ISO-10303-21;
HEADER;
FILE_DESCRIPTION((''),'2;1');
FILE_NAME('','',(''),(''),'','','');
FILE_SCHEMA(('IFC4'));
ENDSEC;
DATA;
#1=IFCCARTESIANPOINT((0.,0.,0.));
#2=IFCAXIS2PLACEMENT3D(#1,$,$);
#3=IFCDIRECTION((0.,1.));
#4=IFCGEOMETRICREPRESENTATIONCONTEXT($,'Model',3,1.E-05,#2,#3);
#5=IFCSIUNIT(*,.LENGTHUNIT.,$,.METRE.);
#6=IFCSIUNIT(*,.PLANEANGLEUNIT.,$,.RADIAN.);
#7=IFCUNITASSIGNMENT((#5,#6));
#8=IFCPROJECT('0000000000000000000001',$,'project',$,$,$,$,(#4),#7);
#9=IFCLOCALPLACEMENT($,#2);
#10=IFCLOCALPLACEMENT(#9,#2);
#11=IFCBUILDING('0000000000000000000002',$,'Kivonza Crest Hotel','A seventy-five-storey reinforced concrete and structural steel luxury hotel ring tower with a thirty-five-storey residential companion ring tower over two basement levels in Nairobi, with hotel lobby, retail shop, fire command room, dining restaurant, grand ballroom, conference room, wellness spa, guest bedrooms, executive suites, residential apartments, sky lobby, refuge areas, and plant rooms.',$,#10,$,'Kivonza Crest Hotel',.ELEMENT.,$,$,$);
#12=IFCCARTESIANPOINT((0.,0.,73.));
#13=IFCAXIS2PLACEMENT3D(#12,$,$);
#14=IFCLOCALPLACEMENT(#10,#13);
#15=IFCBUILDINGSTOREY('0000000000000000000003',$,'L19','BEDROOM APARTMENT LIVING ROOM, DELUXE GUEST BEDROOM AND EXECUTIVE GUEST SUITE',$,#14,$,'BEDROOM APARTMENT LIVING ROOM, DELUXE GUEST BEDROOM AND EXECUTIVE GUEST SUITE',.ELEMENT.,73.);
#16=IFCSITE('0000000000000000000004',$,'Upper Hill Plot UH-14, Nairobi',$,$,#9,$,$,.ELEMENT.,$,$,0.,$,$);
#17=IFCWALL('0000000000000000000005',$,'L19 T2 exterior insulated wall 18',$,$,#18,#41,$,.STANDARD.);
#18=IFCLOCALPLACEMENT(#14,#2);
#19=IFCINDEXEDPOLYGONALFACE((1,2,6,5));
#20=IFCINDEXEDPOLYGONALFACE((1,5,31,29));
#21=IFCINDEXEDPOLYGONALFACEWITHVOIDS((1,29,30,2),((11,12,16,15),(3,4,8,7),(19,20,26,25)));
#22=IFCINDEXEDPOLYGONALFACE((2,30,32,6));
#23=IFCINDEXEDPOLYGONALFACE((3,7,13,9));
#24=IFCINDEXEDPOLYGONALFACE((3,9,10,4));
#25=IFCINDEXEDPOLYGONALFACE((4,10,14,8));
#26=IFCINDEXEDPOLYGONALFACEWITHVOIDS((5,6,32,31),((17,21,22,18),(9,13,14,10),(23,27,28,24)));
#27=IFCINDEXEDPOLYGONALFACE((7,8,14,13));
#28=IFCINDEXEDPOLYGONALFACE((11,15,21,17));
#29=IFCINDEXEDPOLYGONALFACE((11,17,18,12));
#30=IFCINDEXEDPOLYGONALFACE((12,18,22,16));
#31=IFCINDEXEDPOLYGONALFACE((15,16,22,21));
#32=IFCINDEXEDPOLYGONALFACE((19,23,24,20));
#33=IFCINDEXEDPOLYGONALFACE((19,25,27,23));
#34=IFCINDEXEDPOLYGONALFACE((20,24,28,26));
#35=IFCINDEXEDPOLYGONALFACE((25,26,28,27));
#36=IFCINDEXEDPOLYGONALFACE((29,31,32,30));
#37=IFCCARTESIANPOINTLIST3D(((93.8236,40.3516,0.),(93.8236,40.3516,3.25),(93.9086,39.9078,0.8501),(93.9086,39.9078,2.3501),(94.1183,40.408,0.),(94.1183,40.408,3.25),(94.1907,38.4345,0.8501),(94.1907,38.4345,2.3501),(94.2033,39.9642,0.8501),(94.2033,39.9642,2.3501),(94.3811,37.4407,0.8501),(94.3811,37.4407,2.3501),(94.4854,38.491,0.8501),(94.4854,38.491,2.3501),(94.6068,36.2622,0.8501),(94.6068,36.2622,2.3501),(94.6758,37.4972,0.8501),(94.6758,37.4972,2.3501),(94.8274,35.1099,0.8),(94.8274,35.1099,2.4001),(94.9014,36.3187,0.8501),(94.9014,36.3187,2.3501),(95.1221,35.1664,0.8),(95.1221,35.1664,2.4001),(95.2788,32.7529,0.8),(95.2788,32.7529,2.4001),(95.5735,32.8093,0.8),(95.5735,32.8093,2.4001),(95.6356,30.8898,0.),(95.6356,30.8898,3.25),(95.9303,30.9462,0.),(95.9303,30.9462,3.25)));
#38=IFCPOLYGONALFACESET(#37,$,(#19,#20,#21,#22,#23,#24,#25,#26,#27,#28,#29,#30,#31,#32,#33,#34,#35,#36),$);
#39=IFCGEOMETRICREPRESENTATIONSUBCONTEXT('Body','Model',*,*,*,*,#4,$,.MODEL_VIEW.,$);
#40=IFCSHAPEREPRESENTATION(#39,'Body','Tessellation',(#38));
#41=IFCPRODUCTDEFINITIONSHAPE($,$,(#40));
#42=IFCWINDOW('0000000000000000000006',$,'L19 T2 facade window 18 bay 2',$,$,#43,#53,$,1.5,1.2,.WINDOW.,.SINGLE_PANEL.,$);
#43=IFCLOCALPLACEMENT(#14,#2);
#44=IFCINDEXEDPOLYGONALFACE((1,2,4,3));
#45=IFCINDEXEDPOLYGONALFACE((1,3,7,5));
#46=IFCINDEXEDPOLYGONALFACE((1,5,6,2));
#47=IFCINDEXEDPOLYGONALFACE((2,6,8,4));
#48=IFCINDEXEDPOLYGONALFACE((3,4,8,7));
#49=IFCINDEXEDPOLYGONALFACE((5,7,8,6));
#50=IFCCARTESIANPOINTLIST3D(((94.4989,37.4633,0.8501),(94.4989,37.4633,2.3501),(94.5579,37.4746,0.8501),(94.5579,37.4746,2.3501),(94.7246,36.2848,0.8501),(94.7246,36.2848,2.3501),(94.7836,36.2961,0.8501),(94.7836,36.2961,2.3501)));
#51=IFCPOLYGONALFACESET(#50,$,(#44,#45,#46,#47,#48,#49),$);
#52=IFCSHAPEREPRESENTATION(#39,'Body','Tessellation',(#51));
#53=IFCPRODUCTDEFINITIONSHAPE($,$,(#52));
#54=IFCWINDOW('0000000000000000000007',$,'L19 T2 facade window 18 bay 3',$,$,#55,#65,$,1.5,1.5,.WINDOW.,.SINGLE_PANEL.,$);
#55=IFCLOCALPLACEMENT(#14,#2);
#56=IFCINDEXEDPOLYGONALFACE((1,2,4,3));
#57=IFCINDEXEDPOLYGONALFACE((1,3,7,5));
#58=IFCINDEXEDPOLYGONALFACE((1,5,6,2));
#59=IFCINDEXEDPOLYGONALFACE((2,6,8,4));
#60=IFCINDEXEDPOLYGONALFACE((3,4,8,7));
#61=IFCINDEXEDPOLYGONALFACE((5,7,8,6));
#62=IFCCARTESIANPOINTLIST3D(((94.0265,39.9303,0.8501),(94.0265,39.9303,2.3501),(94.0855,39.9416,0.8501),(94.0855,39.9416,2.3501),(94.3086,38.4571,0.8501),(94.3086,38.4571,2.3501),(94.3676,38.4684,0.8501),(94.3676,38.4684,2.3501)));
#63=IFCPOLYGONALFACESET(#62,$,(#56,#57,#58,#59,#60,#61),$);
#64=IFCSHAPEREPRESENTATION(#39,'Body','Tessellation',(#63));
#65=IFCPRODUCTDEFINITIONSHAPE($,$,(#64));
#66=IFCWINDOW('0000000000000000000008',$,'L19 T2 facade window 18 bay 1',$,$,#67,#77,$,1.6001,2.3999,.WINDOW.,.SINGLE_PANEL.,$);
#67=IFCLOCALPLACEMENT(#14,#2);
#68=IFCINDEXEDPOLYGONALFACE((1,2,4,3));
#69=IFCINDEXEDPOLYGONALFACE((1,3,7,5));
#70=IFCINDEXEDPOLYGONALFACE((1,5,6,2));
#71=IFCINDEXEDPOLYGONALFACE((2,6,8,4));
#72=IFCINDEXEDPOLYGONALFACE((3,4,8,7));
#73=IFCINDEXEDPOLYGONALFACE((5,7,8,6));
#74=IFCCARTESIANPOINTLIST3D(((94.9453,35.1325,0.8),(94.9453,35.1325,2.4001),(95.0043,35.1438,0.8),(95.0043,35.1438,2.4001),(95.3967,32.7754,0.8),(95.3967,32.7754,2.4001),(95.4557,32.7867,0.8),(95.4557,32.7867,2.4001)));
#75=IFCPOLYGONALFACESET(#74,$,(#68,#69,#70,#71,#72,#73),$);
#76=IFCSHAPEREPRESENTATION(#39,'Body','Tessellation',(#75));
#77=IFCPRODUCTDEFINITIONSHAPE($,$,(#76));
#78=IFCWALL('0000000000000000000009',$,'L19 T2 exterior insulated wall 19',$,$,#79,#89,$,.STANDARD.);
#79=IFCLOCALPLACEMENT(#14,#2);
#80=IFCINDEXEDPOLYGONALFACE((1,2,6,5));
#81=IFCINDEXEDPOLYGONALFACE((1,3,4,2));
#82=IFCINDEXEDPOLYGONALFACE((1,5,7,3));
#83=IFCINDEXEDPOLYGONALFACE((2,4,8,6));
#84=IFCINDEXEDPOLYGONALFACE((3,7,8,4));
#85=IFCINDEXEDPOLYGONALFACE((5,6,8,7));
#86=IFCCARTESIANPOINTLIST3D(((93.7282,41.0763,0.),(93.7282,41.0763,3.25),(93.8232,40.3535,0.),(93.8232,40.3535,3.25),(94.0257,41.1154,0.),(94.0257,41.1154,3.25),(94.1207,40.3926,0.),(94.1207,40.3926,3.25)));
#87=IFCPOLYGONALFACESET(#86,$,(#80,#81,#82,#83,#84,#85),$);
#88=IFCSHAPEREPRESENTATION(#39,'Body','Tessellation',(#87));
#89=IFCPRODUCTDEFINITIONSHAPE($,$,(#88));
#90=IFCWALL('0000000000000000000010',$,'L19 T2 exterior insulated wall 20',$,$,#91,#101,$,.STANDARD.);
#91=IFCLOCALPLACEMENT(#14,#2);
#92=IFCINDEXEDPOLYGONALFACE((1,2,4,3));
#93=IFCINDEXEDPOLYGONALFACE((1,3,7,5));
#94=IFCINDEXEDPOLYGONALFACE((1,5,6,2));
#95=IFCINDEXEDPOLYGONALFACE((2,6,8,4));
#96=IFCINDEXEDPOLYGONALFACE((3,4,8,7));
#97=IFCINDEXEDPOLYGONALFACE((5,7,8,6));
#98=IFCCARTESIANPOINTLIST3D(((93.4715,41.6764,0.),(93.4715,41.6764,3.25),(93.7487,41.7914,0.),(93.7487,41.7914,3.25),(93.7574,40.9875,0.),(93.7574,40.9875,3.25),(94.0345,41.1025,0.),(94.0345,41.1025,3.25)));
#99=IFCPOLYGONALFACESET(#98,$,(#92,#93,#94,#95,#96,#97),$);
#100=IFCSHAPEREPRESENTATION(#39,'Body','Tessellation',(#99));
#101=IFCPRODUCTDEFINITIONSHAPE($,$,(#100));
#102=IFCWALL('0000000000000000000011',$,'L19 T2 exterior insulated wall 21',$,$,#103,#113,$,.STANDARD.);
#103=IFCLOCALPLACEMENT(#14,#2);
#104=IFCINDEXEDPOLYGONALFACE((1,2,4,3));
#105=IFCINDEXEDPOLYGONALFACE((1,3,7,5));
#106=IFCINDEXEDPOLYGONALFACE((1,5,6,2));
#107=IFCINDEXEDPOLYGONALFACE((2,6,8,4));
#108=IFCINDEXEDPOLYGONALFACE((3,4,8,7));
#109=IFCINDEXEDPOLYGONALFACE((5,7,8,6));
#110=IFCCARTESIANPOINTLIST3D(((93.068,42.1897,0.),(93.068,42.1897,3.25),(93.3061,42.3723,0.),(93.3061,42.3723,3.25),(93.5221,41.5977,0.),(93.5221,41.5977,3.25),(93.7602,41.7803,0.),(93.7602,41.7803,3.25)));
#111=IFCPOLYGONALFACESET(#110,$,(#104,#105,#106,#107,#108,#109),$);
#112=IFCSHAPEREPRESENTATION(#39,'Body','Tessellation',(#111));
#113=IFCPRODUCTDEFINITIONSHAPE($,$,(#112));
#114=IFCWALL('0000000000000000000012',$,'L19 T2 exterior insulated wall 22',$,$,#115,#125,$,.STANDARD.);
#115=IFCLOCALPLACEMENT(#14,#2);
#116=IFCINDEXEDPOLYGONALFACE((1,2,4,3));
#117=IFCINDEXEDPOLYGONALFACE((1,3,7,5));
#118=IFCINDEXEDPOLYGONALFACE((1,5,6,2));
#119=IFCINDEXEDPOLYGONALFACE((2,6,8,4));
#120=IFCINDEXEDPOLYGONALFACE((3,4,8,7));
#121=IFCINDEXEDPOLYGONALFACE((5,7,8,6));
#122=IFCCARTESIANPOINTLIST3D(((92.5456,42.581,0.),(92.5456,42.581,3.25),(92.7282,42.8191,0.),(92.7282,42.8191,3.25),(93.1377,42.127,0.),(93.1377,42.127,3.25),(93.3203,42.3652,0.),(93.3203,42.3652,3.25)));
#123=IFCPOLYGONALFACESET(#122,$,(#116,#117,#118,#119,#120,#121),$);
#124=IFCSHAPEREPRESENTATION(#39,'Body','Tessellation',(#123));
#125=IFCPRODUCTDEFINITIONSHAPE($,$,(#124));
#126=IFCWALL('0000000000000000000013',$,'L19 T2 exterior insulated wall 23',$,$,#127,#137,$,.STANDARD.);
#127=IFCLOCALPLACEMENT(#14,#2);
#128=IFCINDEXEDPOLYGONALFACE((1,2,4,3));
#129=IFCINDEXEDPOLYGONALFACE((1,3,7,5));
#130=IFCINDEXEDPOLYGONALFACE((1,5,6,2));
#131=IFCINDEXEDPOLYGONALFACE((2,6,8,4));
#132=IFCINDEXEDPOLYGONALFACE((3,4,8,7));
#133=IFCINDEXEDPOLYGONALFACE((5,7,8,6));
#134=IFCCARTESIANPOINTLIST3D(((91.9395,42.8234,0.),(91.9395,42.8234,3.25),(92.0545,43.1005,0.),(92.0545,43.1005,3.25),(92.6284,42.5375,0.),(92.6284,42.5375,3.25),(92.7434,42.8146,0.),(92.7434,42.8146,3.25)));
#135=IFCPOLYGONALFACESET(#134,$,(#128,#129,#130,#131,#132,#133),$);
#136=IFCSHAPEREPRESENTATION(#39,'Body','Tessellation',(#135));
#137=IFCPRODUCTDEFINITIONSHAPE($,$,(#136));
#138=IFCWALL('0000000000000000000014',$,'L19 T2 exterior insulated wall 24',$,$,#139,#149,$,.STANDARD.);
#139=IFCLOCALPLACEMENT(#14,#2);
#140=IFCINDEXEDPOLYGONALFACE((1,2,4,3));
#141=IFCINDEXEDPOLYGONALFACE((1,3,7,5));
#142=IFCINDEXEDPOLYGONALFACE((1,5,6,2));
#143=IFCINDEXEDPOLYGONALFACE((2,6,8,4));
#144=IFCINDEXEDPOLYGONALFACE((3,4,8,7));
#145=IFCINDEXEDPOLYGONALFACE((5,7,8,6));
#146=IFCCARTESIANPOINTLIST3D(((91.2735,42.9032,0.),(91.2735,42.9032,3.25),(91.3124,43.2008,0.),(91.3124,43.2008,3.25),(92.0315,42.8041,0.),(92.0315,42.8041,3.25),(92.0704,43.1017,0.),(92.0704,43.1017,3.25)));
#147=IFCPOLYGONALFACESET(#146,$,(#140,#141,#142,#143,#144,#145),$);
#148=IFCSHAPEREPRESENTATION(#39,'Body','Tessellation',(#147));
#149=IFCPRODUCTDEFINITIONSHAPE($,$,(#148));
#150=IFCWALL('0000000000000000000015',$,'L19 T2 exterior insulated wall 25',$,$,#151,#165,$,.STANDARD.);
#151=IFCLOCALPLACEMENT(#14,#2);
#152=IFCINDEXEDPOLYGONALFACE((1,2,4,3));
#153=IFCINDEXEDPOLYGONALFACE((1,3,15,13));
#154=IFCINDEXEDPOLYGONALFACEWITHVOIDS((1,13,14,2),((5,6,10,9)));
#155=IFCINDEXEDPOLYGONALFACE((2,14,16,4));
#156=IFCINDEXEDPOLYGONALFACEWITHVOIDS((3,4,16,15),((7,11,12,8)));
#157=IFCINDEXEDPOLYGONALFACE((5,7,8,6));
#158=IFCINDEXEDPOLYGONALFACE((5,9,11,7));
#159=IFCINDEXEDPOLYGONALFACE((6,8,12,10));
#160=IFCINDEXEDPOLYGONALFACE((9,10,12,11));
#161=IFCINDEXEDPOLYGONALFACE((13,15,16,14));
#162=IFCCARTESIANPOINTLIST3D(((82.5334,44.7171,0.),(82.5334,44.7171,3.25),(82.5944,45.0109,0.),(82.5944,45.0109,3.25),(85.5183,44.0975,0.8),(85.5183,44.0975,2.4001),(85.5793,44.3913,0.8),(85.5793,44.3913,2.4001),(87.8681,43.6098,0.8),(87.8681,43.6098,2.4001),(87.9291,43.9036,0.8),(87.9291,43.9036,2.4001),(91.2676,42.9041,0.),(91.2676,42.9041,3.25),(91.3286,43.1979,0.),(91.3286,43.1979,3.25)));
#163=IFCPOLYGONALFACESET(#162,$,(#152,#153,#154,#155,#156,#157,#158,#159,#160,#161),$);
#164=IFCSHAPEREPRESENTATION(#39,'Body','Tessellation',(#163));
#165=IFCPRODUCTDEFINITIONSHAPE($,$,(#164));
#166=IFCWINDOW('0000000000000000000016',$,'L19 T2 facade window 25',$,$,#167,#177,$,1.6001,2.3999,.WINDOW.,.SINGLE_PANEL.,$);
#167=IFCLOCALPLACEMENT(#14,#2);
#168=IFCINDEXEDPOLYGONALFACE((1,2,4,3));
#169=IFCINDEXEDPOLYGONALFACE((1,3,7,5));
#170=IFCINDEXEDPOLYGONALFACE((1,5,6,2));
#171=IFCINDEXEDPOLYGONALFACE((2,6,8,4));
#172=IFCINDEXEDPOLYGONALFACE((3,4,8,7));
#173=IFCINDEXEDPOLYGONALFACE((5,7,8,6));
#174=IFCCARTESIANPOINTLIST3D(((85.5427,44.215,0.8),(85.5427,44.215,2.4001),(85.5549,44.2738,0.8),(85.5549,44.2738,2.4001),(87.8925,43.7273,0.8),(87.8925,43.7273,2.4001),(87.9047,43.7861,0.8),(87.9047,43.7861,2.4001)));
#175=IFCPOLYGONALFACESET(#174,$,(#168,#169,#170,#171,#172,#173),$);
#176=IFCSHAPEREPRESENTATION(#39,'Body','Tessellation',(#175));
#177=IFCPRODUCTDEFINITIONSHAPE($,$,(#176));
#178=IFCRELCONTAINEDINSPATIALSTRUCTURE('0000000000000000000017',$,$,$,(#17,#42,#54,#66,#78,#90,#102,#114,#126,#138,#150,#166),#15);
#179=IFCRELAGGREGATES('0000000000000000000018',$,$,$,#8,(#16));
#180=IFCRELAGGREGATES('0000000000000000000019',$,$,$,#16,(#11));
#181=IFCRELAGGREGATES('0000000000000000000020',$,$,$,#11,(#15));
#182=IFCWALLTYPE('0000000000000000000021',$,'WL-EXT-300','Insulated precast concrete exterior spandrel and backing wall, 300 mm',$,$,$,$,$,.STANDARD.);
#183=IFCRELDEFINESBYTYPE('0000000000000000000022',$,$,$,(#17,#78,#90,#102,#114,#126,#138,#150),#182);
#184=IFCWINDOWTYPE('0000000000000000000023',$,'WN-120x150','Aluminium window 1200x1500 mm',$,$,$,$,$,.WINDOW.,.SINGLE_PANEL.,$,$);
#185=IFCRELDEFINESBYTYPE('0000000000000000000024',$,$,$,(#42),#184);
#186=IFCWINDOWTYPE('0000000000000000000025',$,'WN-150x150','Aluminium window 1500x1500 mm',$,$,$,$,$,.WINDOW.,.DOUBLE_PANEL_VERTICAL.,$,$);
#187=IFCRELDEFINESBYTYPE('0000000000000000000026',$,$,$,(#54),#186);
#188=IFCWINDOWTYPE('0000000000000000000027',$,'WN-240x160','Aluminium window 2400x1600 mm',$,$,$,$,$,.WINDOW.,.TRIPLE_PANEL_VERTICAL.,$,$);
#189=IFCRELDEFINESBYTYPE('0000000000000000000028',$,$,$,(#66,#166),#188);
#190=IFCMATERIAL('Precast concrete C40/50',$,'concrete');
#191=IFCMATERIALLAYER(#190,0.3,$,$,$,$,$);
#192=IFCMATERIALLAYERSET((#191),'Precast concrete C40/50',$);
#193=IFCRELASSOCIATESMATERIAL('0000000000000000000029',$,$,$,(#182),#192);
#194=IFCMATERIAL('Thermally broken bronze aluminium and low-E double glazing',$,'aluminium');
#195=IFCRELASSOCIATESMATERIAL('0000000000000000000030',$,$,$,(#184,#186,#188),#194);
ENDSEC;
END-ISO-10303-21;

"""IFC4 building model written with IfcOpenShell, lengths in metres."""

from ifc_helpers import new_model, si_unit, direction, frame, frame_2d, origin, place, context, subcontext, project, spatial, rectangle, extrude, material, layer, layer_set, type_object, element, fill, save


model = new_model("IFC4")

# Units and contexts
model_context = context("Model", 3, precision=1e-05, world=origin(), true_north=direction((0.0, 1.0)))
body_context = subcontext(model_context, "Body", "Model", "MODEL_VIEW")
ifc_project = project(units=[si_unit("LENGTHUNIT", "METRE"), si_unit("PLANEANGLEUNIT", "RADIAN")], contexts=[model_context])

# Site, building, storey
site_placement = place(None, origin())
site = spatial("IfcSite", under=ifc_project, at=site_placement, Name="Upper Hill Plot UH-14, Nairobi", CompositionType="ELEMENT", RefElevation=0.0)
building_placement = place(site_placement, origin())
building = spatial("IfcBuilding", under=site, at=building_placement, Name="Kivonza Crest Hotel", Description="A seventy-five-storey reinforced concrete and structural steel luxury hotel ring tower with a thirty-five-storey residential companion ring tower over two basement levels in Nairobi, with hotel lobby, retail shop, fire command room, dining restaurant, grand ballroom, conference room, wellness spa, guest bedrooms, executive suites, residential apartments, sky lobby, refuge areas, and plant rooms.", LongName="Kivonza Crest Hotel", CompositionType="ELEMENT")
storey_placement = place(building_placement, frame((0.0, 0.0, 73.0)))
storey = spatial("IfcBuildingStorey", under=building, at=storey_placement, Name="L19", Description="BEDROOM APARTMENT LIVING ROOM, DELUXE GUEST BEDROOM AND EXECUTIVE GUEST SUITE", LongName="BEDROOM APARTMENT LIVING ROOM, DELUXE GUEST BEDROOM AND EXECUTIVE GUEST SUITE", CompositionType="ELEMENT", Elevation=73.0)

# Wall, openings, windows
ifc_material_1 = material(Name="Precast concrete C40/50", Category="concrete")
ifc_layer_1 = layer(ifc_material_1, 0.3)
ifc_layer_set_1 = layer_set([ifc_layer_1], Name="Precast concrete C40/50")
wall_type_1 = type_object("IfcWallType", Name="WL-EXT-300", Description="Insulated precast concrete exterior spandrel and backing wall, 300 mm", PredefinedType="STANDARD", material=ifc_layer_set_1)
wall_1_placement = place(storey_placement, frame((95.783, 30.918, 0.0), z_axis=(0.0, 0.0, 1.0), x_axis=(-0.188088, 0.982152, 0.0)))
wall_1 = element("IfcWall", 1, at=wall_1_placement, inside=storey, type_object=wall_type_1, Name="L19 T2 exterior insulated wall 18", PredefinedType="STANDARD", context=body_context, shape_type="SweptSolid", body=[
    extrude(rectangle(XDim=9.6338, YDim=0.3, at=frame_2d((4.8169, 0.0))), origin(), (0.0, 0.0, 1.0), 3.25),
])
opening_1_placement = place(wall_1_placement, frame((1.897, 0.0, 0.8)))
opening_1 = element("IfcOpeningElement", 2, at=opening_1_placement, cuts=wall_1, PredefinedType="OPENING", context=body_context, shape_type="SweptSolid", body=[
    extrude(rectangle(XDim=2.3999, YDim=1.6001, at=frame_2d((1.2, 0.8))), frame((0.0, 0.1602, 0.0), z_axis=(0.0, -1.0, 0.0), x_axis=(1.0, 0.0, 0.0)), (0.0, 0.0, 1.0), 0.3201),
])
opening_2_placement = place(wall_1_placement, frame((5.47, 0.0, 0.8501)))
opening_2 = element("IfcOpeningElement", 3, at=opening_2_placement, cuts=wall_1, PredefinedType="OPENING", context=body_context, shape_type="SweptSolid", body=[
    extrude(rectangle(XDim=1.2, YDim=1.5, at=frame_2d((0.6001, 0.75))), frame((0.0, 0.1602, 0.0), z_axis=(0.0, -1.0, 0.0), x_axis=(1.0, 0.0, 0.0)), (0.0, 0.0, 1.0), 0.3201),
])
opening_3_placement = place(wall_1_placement, frame((7.6819, 0.0, 0.8501)))
opening_3 = element("IfcOpeningElement", 4, at=opening_3_placement, cuts=wall_1, PredefinedType="OPENING", context=body_context, shape_type="SweptSolid", body=[
    extrude(rectangle(XDim=1.5, YDim=1.5, at=frame_2d((0.75, 0.75))), frame((0.0, 0.1602, 0.0), z_axis=(0.0, -1.0, 0.0), x_axis=(1.0, 0.0, 0.0)), (0.0, 0.0, 1.0), 0.3201),
])
ifc_material_2 = material(Name="Thermally broken bronze aluminium and low-E double glazing", Category="aluminium")
window_type_1 = type_object("IfcWindowType", Name="WN-120x150", Description="Aluminium window 1200x1500 mm", PartitioningType="SINGLE_PANEL", PredefinedType="WINDOW", material=ifc_material_2)
window_1_placement = place(opening_2_placement, origin())
window_1 = element("IfcWindow", 5, at=window_1_placement, inside=storey, type_object=window_type_1, Name="L19 T2 facade window 18 bay 2", OverallHeight=1.5, OverallWidth=1.2, PartitioningType="SINGLE_PANEL", PredefinedType="WINDOW", context=body_context, shape_type="SweptSolid", body=[
    extrude(rectangle(XDim=1.2, YDim=1.5, at=frame_2d((0.6001, 0.75))), frame((0.0, 0.03, 0.0), z_axis=(0.0, -1.0, 0.0), x_axis=(1.0, 0.0, 0.0)), (0.0, 0.0, 1.0), 0.0601),
])
fill(opening_2, window_1)
window_type_2 = type_object("IfcWindowType", Name="WN-150x150", Description="Aluminium window 1500x1500 mm", PartitioningType="DOUBLE_PANEL_VERTICAL", PredefinedType="WINDOW", material=ifc_material_2)
window_2_placement = place(opening_3_placement, origin())
window_2 = element("IfcWindow", 6, at=window_2_placement, inside=storey, type_object=window_type_2, Name="L19 T2 facade window 18 bay 3", OverallHeight=1.5, OverallWidth=1.5, PartitioningType="SINGLE_PANEL", PredefinedType="WINDOW", context=body_context, shape_type="SweptSolid", body=[
    extrude(rectangle(XDim=1.5, YDim=1.5, at=frame_2d((0.75, 0.75))), frame((0.0, 0.03, 0.0), z_axis=(0.0, -1.0, 0.0), x_axis=(1.0, 0.0, 0.0)), (0.0, 0.0, 1.0), 0.0601),
])
fill(opening_3, window_2)
window_type_3 = type_object("IfcWindowType", Name="WN-240x160", Description="Aluminium window 2400x1600 mm", PartitioningType="TRIPLE_PANEL_VERTICAL", PredefinedType="WINDOW", material=ifc_material_2)
window_3_placement = place(opening_1_placement, origin())
window_3 = element("IfcWindow", 7, at=window_3_placement, inside=storey, type_object=window_type_3, Name="L19 T2 facade window 18 bay 1", OverallHeight=1.6001, OverallWidth=2.3999, PartitioningType="SINGLE_PANEL", PredefinedType="WINDOW", context=body_context, shape_type="SweptSolid", body=[
    extrude(rectangle(XDim=2.3999, YDim=1.6001, at=frame_2d((1.2, 0.8))), frame((0.0, 0.03, 0.0), z_axis=(0.0, -1.0, 0.0), x_axis=(1.0, 0.0, 0.0)), (0.0, 0.0, 1.0), 0.0601),
])
fill(opening_1, window_3)

# Walls
wall_2_placement = place(storey_placement, frame((93.9719, 40.373, 0.0), z_axis=(0.0, 0.0, 1.0), x_axis=(-0.130255, 0.99148, 0.0)))
element("IfcWall", 8, at=wall_2_placement, inside=storey, type_object=wall_type_1, Name="L19 T2 exterior insulated wall 19", PredefinedType="STANDARD", context=body_context, shape_type="SweptSolid", body=[
    extrude(rectangle(XDim=0.729, YDim=0.3, at=frame_2d((0.3645, 0.0))), origin(), (0.0, 0.0, 1.0), 3.25),
])
wall_3_placement = place(storey_placement, frame((93.896, 41.0449, 0.0), z_axis=(0.0, 0.0, 1.0), x_axis=(-0.383267, 0.923638, 0.0)))
element("IfcWall", 9, at=wall_3_placement, inside=storey, type_object=wall_type_1, Name="L19 T2 exterior insulated wall 20", PredefinedType="STANDARD", context=body_context, shape_type="SweptSolid", body=[
    extrude(rectangle(XDim=0.7458, YDim=0.3, at=frame_2d((0.373, 0.0))), origin(), (0.0, 0.0, 1.0), 3.25),
])
for number, where, z_axis, x_axis, name in (
    (10, (93.6411, 41.689, 0.0), (0.0, 0.0, 1.0), (-0.608603, 0.793475, 0.0), "L19 T2 exterior insulated wall 21"),
    (11, (93.229, 42.2461, 0.0), (0.0, 0.0, 1.0), (-0.793633, 0.608397, 0.0), "L19 T2 exterior insulated wall 22"),
):
    element("IfcWall", number, at=place(storey_placement, frame(where, z_axis=z_axis, x_axis=x_axis)), inside=storey, type_object=wall_type_1, Name=name, PredefinedType="STANDARD", context=body_context, shape_type="SweptSolid", body=[
        extrude(rectangle(XDim=0.7461, YDim=0.3, at=frame_2d((0.373, 0.0))), origin(), (0.0, 0.0, 1.0), 3.25),
    ])
wall_4_placement = place(storey_placement, frame((92.686, 42.676, 0.0), z_axis=(0.0, 0.0, 1.0), x_axis=(-0.923638, 0.383267, 0.0)))
element("IfcWall", 12, at=wall_4_placement, inside=storey, type_object=wall_type_1, Name="L19 T2 exterior insulated wall 23", PredefinedType="STANDARD", context=body_context, shape_type="SweptSolid", body=[
    extrude(rectangle(XDim=0.7458, YDim=0.3, at=frame_2d((0.373, 0.0))), origin(), (0.0, 0.0, 1.0), 3.25),
])
wall_5_placement = place(storey_placement, frame((92.051, 42.9529, 0.0), z_axis=(0.0, 0.0, 1.0), x_axis=(-0.991559, 0.129653, 0.0)))
element("IfcWall", 13, at=wall_5_placement, inside=storey, type_object=wall_type_1, Name="L19 T2 exterior insulated wall 24", PredefinedType="STANDARD", context=body_context, shape_type="SweptSolid", body=[
    extrude(rectangle(XDim=0.7644, YDim=0.3, at=frame_2d((0.3823, 0.0))), origin(), (0.0, 0.0, 1.0), 3.25),
])

# Wall, opening, window
wall_6_placement = place(storey_placement, frame((91.2981, 43.051, 0.0), z_axis=(0.0, 0.0, 1.0), x_axis=(-0.979128, 0.203243, 0.0)))
wall_6 = element("IfcWall", 14, at=wall_6_placement, inside=storey, type_object=wall_type_1, Name="L19 T2 exterior insulated wall 25", PredefinedType="STANDARD", context=body_context, shape_type="SweptSolid", body=[
    extrude(rectangle(XDim=8.9204, YDim=0.3, at=frame_2d((4.4602, 0.0))), origin(), (0.0, 0.0, 1.0), 3.25),
])
opening_4_placement = place(wall_6_placement, frame((3.4719, 0.0, 0.8)))
opening_4 = element("IfcOpeningElement", 15, at=opening_4_placement, cuts=wall_6, PredefinedType="OPENING", context=body_context, shape_type="SweptSolid", body=[
    extrude(rectangle(XDim=2.3999, YDim=1.6001, at=frame_2d((1.2, 0.8))), frame((0.0, 0.1602, 0.0), z_axis=(0.0, -1.0, 0.0), x_axis=(1.0, 0.0, 0.0)), (0.0, 0.0, 1.0), 0.3201),
])
window_4_placement = place(opening_4_placement, origin())
window_4 = element("IfcWindow", 16, at=window_4_placement, inside=storey, type_object=window_type_3, Name="L19 T2 facade window 25", OverallHeight=1.6001, OverallWidth=2.3999, PartitioningType="SINGLE_PANEL", PredefinedType="WINDOW", context=body_context, shape_type="SweptSolid", body=[
    extrude(rectangle(XDim=2.3999, YDim=1.6001, at=frame_2d((1.2, 0.8))), frame((0.0, 0.03, 0.0), z_axis=(0.0, -1.0, 0.0), x_axis=(1.0, 0.0, 0.0)), (0.0, 0.0, 1.0), 0.0601),
])
fill(opening_4, window_4)

save(model, "model.ifc")
